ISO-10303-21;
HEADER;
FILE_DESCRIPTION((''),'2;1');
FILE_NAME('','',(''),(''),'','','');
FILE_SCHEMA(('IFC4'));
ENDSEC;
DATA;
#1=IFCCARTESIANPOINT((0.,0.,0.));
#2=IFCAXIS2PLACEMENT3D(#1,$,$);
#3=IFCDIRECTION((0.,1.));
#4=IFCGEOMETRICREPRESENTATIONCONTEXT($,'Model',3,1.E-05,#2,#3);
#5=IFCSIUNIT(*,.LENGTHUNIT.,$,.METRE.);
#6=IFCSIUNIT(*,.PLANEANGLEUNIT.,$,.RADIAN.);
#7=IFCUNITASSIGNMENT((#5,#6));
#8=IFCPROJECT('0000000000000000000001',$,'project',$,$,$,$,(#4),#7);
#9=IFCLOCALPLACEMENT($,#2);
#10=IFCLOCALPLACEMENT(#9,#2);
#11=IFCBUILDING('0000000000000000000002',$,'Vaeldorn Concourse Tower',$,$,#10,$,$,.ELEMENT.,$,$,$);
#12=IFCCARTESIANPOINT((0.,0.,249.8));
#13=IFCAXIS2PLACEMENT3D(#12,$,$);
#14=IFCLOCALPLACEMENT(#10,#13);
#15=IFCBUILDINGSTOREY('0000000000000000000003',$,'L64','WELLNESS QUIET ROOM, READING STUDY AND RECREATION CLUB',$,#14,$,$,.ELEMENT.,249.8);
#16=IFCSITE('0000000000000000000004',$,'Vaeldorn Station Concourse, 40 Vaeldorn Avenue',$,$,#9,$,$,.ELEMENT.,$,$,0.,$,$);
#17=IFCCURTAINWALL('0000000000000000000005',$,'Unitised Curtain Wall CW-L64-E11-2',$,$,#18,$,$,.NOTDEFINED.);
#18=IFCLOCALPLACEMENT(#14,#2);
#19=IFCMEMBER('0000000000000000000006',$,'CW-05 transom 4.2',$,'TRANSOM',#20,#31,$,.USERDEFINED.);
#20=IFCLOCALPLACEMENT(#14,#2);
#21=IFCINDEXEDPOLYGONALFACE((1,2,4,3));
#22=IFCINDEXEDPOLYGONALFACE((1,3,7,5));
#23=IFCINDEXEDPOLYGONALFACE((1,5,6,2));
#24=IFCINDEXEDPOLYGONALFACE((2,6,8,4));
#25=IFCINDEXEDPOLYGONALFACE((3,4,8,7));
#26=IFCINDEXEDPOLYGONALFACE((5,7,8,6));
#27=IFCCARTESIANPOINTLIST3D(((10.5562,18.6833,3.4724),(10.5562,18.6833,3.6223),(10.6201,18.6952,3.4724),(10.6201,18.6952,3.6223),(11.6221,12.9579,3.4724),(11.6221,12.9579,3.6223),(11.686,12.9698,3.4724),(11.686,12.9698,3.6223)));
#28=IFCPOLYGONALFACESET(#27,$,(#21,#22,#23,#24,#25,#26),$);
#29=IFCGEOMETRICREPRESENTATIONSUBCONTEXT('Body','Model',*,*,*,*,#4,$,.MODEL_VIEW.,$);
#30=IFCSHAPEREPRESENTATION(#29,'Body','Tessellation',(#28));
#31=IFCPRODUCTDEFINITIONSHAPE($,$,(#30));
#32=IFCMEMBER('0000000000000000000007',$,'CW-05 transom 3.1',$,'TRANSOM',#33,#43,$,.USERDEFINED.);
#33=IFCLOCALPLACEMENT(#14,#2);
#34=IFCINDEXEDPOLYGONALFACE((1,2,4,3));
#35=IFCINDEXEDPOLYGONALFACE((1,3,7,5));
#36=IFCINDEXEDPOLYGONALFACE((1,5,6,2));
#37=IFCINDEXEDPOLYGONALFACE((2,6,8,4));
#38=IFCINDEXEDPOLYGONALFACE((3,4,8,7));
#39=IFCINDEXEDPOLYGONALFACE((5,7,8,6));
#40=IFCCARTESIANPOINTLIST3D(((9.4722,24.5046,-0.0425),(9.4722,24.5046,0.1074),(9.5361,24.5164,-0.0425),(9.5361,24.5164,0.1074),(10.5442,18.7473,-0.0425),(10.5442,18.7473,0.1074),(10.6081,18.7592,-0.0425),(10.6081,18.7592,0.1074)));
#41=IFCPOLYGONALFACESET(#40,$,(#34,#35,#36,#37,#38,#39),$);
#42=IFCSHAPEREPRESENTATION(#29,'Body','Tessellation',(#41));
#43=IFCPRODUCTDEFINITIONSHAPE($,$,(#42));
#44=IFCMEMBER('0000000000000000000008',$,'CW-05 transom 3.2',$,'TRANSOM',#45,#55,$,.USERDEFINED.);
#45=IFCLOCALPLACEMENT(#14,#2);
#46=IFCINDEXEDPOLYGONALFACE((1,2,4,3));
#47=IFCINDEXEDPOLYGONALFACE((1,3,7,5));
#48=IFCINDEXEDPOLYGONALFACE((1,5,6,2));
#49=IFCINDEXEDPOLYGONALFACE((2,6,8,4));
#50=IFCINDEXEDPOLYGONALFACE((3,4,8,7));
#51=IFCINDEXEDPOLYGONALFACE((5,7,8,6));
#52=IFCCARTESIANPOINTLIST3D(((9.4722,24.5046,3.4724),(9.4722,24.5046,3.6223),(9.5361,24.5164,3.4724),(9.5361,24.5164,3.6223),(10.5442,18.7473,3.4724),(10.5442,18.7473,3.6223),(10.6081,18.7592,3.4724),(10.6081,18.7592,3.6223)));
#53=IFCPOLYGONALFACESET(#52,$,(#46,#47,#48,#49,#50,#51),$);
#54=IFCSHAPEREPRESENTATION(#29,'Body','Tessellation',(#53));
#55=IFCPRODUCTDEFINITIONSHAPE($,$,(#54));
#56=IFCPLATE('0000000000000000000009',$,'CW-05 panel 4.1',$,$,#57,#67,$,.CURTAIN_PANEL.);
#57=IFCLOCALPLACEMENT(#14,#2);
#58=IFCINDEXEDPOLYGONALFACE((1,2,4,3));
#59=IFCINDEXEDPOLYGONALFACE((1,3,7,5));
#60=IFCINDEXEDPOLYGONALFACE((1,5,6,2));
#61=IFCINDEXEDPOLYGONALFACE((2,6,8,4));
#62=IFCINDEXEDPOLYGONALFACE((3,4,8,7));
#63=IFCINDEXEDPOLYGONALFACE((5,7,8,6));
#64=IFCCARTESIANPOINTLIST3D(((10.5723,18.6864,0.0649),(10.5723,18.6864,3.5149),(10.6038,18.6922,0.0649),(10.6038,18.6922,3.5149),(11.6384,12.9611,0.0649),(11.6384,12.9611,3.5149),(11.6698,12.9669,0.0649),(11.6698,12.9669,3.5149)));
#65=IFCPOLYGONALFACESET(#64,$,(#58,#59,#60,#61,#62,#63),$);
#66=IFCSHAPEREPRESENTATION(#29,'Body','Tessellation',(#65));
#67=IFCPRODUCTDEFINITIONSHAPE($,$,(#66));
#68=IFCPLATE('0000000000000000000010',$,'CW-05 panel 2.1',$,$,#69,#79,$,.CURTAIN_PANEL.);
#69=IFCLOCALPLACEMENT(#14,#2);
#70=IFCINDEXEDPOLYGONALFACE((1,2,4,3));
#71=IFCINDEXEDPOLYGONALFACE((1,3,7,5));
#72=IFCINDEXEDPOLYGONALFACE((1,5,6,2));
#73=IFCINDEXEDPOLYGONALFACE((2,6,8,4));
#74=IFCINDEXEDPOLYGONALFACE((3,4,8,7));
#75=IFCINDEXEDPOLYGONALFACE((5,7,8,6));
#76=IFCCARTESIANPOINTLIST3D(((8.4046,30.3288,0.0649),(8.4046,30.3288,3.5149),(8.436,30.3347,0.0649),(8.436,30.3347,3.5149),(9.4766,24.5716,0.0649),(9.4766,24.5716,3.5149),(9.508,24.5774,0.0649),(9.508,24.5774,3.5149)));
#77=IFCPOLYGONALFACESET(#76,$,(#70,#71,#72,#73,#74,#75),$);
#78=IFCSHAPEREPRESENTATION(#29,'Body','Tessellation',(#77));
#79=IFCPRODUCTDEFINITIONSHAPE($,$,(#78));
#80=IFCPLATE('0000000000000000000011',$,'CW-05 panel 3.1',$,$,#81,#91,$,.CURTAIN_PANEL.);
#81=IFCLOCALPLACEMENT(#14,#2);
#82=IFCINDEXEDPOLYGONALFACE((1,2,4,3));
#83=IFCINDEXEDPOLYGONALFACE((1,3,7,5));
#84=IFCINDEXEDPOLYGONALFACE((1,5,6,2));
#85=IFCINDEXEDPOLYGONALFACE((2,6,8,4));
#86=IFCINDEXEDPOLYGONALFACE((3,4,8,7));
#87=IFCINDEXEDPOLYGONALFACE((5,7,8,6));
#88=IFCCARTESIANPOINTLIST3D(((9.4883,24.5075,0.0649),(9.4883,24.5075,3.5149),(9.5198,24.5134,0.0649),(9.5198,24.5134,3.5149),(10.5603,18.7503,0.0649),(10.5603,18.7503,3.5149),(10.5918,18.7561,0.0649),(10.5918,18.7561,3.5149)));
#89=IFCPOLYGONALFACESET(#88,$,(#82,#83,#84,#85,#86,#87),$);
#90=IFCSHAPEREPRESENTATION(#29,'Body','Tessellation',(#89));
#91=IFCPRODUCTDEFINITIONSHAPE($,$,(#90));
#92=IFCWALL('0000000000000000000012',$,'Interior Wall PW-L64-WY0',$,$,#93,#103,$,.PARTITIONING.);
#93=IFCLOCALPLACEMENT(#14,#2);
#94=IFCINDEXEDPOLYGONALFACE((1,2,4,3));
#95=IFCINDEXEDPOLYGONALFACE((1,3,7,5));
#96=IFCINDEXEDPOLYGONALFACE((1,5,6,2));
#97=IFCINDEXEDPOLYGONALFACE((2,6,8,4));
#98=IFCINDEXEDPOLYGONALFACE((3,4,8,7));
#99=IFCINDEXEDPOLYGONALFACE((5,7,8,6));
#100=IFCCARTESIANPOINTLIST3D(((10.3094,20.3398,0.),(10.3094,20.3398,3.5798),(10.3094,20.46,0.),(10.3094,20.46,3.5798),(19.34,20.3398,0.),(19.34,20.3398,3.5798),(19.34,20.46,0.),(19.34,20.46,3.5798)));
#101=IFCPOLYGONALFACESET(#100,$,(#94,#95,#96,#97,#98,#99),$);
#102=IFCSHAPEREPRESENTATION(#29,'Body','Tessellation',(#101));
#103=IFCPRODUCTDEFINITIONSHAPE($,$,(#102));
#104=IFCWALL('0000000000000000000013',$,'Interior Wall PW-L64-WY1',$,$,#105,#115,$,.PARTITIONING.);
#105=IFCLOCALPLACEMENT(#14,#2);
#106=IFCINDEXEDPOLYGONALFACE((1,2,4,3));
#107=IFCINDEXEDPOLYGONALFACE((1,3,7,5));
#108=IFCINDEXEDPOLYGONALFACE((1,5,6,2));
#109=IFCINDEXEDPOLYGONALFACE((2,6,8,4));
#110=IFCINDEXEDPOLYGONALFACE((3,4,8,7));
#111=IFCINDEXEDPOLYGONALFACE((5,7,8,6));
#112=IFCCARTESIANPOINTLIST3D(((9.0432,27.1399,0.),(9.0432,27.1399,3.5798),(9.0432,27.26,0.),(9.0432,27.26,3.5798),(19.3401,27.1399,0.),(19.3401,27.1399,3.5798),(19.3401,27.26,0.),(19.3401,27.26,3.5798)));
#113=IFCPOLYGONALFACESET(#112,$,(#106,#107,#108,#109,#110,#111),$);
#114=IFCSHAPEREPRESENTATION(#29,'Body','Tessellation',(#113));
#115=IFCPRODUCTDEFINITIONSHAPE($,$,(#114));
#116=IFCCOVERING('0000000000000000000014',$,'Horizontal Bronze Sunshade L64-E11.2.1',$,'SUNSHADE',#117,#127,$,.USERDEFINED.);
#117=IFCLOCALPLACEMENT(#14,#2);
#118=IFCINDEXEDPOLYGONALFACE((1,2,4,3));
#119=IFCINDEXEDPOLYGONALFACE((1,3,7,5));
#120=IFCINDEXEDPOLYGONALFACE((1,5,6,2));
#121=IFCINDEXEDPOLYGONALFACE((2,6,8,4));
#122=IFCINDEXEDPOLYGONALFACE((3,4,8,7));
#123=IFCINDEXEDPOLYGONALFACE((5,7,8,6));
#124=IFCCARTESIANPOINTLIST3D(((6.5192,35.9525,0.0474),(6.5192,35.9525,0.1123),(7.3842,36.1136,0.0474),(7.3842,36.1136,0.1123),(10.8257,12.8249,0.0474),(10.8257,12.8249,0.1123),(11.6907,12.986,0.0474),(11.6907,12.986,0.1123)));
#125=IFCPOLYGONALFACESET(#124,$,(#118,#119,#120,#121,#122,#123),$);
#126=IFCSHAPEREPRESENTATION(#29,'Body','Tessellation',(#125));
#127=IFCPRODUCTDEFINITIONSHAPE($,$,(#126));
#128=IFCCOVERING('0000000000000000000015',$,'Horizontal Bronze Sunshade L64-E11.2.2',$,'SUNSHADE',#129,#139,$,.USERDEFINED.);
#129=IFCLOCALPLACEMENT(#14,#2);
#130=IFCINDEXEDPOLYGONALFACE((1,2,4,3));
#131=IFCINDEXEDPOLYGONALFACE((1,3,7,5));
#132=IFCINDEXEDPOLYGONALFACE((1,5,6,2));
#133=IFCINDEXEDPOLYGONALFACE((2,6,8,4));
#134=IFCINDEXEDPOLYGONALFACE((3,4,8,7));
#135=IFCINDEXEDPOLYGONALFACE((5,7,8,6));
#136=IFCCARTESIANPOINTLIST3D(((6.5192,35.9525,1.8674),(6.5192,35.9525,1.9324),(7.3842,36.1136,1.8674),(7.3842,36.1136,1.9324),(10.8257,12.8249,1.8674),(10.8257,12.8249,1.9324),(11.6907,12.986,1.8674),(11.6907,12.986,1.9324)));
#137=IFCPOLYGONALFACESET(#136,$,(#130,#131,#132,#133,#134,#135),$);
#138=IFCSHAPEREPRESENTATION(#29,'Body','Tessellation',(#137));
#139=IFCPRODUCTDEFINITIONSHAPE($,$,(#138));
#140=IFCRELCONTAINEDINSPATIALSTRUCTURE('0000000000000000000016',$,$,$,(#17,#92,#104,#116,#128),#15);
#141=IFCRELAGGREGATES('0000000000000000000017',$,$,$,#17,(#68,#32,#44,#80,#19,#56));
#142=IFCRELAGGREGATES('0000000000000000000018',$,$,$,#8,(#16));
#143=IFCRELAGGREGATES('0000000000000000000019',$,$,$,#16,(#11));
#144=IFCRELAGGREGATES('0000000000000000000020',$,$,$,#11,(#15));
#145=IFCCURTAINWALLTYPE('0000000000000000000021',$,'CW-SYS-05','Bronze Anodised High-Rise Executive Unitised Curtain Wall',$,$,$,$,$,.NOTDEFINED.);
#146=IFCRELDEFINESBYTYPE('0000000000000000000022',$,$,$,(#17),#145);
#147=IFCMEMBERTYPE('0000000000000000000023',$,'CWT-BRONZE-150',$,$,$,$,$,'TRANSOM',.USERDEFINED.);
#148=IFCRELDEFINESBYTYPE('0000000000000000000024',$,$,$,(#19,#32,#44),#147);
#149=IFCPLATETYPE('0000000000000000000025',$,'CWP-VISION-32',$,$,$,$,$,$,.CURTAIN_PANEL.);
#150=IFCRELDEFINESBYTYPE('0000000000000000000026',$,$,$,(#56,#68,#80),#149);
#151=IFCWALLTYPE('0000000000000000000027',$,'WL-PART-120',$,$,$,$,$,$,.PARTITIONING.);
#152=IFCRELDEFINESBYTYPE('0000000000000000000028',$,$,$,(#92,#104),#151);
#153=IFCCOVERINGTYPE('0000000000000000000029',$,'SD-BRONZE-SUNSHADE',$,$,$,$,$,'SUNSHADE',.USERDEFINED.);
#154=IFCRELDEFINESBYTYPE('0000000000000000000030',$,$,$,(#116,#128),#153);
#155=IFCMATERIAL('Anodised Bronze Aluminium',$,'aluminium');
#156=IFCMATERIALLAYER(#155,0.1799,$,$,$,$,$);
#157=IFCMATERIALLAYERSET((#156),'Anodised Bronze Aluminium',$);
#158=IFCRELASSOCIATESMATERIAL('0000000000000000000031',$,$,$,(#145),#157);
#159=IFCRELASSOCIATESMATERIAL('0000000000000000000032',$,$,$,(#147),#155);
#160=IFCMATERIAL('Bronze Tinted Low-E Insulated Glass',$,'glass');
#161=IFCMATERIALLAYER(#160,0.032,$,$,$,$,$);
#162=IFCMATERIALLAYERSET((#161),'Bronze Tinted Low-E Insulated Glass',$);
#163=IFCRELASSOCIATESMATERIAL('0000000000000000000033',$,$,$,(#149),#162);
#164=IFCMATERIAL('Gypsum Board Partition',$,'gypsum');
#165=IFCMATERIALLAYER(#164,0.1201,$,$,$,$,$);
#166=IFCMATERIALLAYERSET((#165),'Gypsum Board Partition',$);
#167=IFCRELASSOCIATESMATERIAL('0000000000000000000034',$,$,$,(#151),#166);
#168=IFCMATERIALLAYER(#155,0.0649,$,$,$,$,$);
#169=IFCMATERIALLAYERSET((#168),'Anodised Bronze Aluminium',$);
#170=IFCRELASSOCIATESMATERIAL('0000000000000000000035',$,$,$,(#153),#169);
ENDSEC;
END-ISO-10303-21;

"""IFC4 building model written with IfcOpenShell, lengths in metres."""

from ifc_helpers import new_model, si_unit, direction, frame, frame_2d, origin, origin_2d, place, context, subcontext, project, spatial, rectangle, extrude, source, transform, mapped, material, layer, layer_set, material_profile, profile_set, type_object, element, aggregate, save


model = new_model("IFC4")

# Units and contexts
model_context = context("Model", 3, precision=1e-05, world=origin(), true_north=direction((0.0, 1.0)))
body_context = subcontext(model_context, "Body", "Model", "MODEL_VIEW")
ifc_project = project(units=[si_unit("LENGTHUNIT", "METRE"), si_unit("PLANEANGLEUNIT", "RADIAN")], contexts=[model_context])

# Site, building, storey
site_placement = place(None, origin())
site = spatial("IfcSite", under=ifc_project, at=site_placement, Name="Vaeldorn Station Concourse, 40 Vaeldorn Avenue", CompositionType="ELEMENT", RefElevation=0.0)
building_placement = place(site_placement, origin())
building = spatial("IfcBuilding", under=site, at=building_placement, Name="Vaeldorn Concourse Tower", CompositionType="ELEMENT")
storey_placement = place(building_placement, frame((0.0, 0.0, 249.8)))
storey = spatial("IfcBuildingStorey", under=building, at=storey_placement, Name="L64", Description="WELLNESS QUIET ROOM, READING STUDY AND RECREATION CLUB", CompositionType="ELEMENT", Elevation=249.8)

# Curtain wall
ifc_material_1 = material(Name="Anodised Bronze Aluminium", Category="aluminium")
ifc_layer_1 = layer(ifc_material_1, 0.1799)
ifc_layer_set_1 = layer_set([ifc_layer_1], Name="Anodised Bronze Aluminium")
curtain_wall_type = type_object("IfcCurtainWallType", Name="CW-SYS-05", Description="Bronze Anodised High-Rise Executive Unitised Curtain Wall", PredefinedType="NOTDEFINED", material=ifc_layer_set_1)
curtain_wall_1_placement = place(storey_placement, origin())
curtain_wall_1 = element("IfcCurtainWall", 1, at=curtain_wall_1_placement, inside=storey, type_object=curtain_wall_type, Name="Unitised Curtain Wall CW-L64-E11-2", PredefinedType="NOTDEFINED")
ifc_material_profile_1 = material_profile(ifc_material_1, rectangle(XDim=0.0649, YDim=0.1499, at=origin_2d()), Name="CWT 65x150")
ifc_profile_set_1 = profile_set([ifc_material_profile_1], Name="Anodised Bronze Aluminium")
member_type_1 = type_object("IfcMemberType", Name="CWT-BRONZE-150", ElementType="TRANSOM", PredefinedType="USERDEFINED", material=ifc_profile_set_1)

# Members
shared_shape_1 = source(origin(), body_context, "Body", "SweptSolid", [
    extrude(rectangle(XDim=0.0649, YDim=0.1499, at=origin_2d()), origin(), (0.0, 0.0, 1.0), 5.8237),
])
member_1_placement = place(storey_placement, frame((10.5881, 18.6892, 3.5474), z_axis=(0.18303, -0.983107, 0.0), x_axis=(0.983107, 0.18303, 0.0)))
member_1 = element("IfcMember", 2, at=member_1_placement, type_object=member_type_1, Name="CW-05 transom 4.2", ObjectType="TRANSOM", PredefinedType="USERDEFINED", context=body_context, shape_type="MappedRepresentation", body=[
    mapped(shared_shape_1, transform((0.0, 0.0, 0.0), scale=1.0)),
])
shared_shape_2 = source(origin(), body_context, "Body", "SweptSolid", [
    extrude(rectangle(XDim=0.0649, YDim=0.1499, at=origin_2d()), origin(), (0.0, 0.0, 1.0), 5.8562),
])
member_2_placement = place(storey_placement, frame((9.5042, 24.5105, 0.0325), z_axis=(0.183055, -0.983103, 0.0), x_axis=(0.983103, 0.183055, 0.0)))
member_2 = element("IfcMember", 3, at=member_2_placement, type_object=member_type_1, Name="CW-05 transom 3.1", ObjectType="TRANSOM", PredefinedType="USERDEFINED", context=body_context, shape_type="MappedRepresentation", body=[
    mapped(shared_shape_2, transform((0.0, 0.0, 0.0), scale=1.0)),
])
member_3_placement = place(storey_placement, frame((9.5042, 24.5105, 3.5474), z_axis=(0.183055, -0.983103, 0.0), x_axis=(0.983103, 0.183055, 0.0)))
member_3 = element("IfcMember", 4, at=member_3_placement, type_object=member_type_1, Name="CW-05 transom 3.2", ObjectType="TRANSOM", PredefinedType="USERDEFINED", context=body_context, shape_type="MappedRepresentation", body=[
    mapped(shared_shape_2, transform((0.0, 0.0, 0.0), scale=1.0)),
])

# Plates
ifc_material_2 = material(Name="Bronze Tinted Low-E Insulated Glass", Category="glass")
ifc_layer_2 = layer(ifc_material_2, 0.032)
ifc_layer_set_2 = layer_set([ifc_layer_2], Name="Bronze Tinted Low-E Insulated Glass")
plate_type = type_object("IfcPlateType", Name="CWP-VISION-32", PredefinedType="CURTAIN_PANEL", material=ifc_layer_set_2)
shared_shape_3 = source(origin(), body_context, "Body", "SweptSolid", [
    extrude(rectangle(XDim=5.8237, YDim=0.032, at=origin_2d()), origin(), (0.0, 0.0, 1.0), 3.45),
])
plate_1_placement = place(storey_placement, frame((11.1211, 15.8267, 0.0649), z_axis=(0.0, 0.0, 1.0), x_axis=(0.183055, -0.983103, 0.0)))
plate_1 = element("IfcPlate", 5, at=plate_1_placement, type_object=plate_type, Name="CW-05 panel 4.1", PredefinedType="CURTAIN_PANEL", context=body_context, shape_type="MappedRepresentation", body=[
    mapped(shared_shape_3, transform((0.0, 0.0, 0.0), scale=1.0)),
])
shared_shape_4 = source(origin(), body_context, "Body", "SweptSolid", [
    extrude(rectangle(XDim=5.8562, YDim=0.032, at=origin_2d()), origin(), (0.0, 0.0, 1.0), 3.45),
])
plate_2_placement = place(storey_placement, frame((8.9563, 27.4531, 0.0649), z_axis=(0.0, 0.0, 1.0), x_axis=(0.183055, -0.983103, 0.0)))
plate_2 = element("IfcPlate", 6, at=plate_2_placement, type_object=plate_type, Name="CW-05 panel 2.1", PredefinedType="CURTAIN_PANEL", context=body_context, shape_type="MappedRepresentation", body=[
    mapped(shared_shape_4, transform((0.0, 0.0, 0.0), scale=1.0)),
])
plate_3_placement = place(storey_placement, frame((10.04, 21.6318, 0.0649), z_axis=(0.0, 0.0, 1.0), x_axis=(0.183055, -0.983103, 0.0)))
plate_3 = element("IfcPlate", 7, at=plate_3_placement, type_object=plate_type, Name="CW-05 panel 3.1", PredefinedType="CURTAIN_PANEL", context=body_context, shape_type="MappedRepresentation", body=[
    mapped(shared_shape_4, transform((0.0, 0.0, 0.0), scale=1.0)),
])
aggregate(curtain_wall_1, [plate_2, member_2, member_3, plate_3, member_1, plate_1])

# Walls
ifc_material_3 = material(Name="Gypsum Board Partition", Category="gypsum")
ifc_layer_3 = layer(ifc_material_3, 0.1201)
ifc_layer_set_3 = layer_set([ifc_layer_3], Name="Gypsum Board Partition")
wall_type = type_object("IfcWallType", Name="WL-PART-120", PredefinedType="PARTITIONING", material=ifc_layer_set_3)
wall_1_placement = place(storey_placement, frame((10.3096, 20.3999, 0.0), z_axis=(0.0, 0.0, 1.0), x_axis=(1.0, 0.0, 0.0)))
element("IfcWall", 8, at=wall_1_placement, inside=storey, type_object=wall_type, Name="Interior Wall PW-L64-WY0", PredefinedType="PARTITIONING", context=body_context, shape_type="SweptSolid", body=[
    extrude(rectangle(XDim=9.0305, YDim=0.1201, at=frame_2d((4.5151, 0.0))), origin(), (0.0, 0.0, 1.0), 3.5798),
])
wall_2_placement = place(storey_placement, frame((9.0432, 27.2, 0.0), z_axis=(0.0, 0.0, 1.0), x_axis=(1.0, 0.0, 0.0)))
element("IfcWall", 9, at=wall_2_placement, inside=storey, type_object=wall_type, Name="Interior Wall PW-L64-WY1", PredefinedType="PARTITIONING", context=body_context, shape_type="SweptSolid", body=[
    extrude(rectangle(XDim=10.2969, YDim=0.1201, at=frame_2d((5.1484, 0.0))), origin(), (0.0, 0.0, 1.0), 3.5798),
])

# Coverings
ifc_layer_4 = layer(ifc_material_1, 0.0649)
ifc_layer_set_4 = layer_set([ifc_layer_4], Name="Anodised Bronze Aluminium")
covering_type = type_object("IfcCoveringType", Name="SD-BRONZE-SUNSHADE", ElementType="SUNSHADE", PredefinedType="USERDEFINED", material=ifc_layer_set_4)
shared_shape_5 = source(origin(), body_context, "Body", "SweptSolid", [
    extrude(rectangle(XDim=23.5251, YDim=0.8799, at=origin_2d()), origin(), (0.0, 0.0, 1.0), 0.0649),
])
for number, where, z_axis, x_axis, name in (
    (10, (9.105, 24.4692, 0.0474), (0.0, 0.0, 1.0), (0.183059, -0.983102, 0.0), "Horizontal Bronze Sunshade L64-E11.2.1"),
    (11, (9.105, 24.4692, 1.8674), (0.0, 0.0, 1.0), (0.183059, -0.983102, 0.0), "Horizontal Bronze Sunshade L64-E11.2.2"),
):
    element("IfcCovering", number, at=place(storey_placement, frame(where, z_axis=z_axis, x_axis=x_axis)), inside=storey, type_object=covering_type, Name=name, ObjectType="SUNSHADE", PredefinedType="USERDEFINED", context=body_context, shape_type="MappedRepresentation", body=[
        mapped(shared_shape_5, transform((0.0, 0.0, 0.0), scale=1.0)),
    ])

save(model, "model.ifc")
